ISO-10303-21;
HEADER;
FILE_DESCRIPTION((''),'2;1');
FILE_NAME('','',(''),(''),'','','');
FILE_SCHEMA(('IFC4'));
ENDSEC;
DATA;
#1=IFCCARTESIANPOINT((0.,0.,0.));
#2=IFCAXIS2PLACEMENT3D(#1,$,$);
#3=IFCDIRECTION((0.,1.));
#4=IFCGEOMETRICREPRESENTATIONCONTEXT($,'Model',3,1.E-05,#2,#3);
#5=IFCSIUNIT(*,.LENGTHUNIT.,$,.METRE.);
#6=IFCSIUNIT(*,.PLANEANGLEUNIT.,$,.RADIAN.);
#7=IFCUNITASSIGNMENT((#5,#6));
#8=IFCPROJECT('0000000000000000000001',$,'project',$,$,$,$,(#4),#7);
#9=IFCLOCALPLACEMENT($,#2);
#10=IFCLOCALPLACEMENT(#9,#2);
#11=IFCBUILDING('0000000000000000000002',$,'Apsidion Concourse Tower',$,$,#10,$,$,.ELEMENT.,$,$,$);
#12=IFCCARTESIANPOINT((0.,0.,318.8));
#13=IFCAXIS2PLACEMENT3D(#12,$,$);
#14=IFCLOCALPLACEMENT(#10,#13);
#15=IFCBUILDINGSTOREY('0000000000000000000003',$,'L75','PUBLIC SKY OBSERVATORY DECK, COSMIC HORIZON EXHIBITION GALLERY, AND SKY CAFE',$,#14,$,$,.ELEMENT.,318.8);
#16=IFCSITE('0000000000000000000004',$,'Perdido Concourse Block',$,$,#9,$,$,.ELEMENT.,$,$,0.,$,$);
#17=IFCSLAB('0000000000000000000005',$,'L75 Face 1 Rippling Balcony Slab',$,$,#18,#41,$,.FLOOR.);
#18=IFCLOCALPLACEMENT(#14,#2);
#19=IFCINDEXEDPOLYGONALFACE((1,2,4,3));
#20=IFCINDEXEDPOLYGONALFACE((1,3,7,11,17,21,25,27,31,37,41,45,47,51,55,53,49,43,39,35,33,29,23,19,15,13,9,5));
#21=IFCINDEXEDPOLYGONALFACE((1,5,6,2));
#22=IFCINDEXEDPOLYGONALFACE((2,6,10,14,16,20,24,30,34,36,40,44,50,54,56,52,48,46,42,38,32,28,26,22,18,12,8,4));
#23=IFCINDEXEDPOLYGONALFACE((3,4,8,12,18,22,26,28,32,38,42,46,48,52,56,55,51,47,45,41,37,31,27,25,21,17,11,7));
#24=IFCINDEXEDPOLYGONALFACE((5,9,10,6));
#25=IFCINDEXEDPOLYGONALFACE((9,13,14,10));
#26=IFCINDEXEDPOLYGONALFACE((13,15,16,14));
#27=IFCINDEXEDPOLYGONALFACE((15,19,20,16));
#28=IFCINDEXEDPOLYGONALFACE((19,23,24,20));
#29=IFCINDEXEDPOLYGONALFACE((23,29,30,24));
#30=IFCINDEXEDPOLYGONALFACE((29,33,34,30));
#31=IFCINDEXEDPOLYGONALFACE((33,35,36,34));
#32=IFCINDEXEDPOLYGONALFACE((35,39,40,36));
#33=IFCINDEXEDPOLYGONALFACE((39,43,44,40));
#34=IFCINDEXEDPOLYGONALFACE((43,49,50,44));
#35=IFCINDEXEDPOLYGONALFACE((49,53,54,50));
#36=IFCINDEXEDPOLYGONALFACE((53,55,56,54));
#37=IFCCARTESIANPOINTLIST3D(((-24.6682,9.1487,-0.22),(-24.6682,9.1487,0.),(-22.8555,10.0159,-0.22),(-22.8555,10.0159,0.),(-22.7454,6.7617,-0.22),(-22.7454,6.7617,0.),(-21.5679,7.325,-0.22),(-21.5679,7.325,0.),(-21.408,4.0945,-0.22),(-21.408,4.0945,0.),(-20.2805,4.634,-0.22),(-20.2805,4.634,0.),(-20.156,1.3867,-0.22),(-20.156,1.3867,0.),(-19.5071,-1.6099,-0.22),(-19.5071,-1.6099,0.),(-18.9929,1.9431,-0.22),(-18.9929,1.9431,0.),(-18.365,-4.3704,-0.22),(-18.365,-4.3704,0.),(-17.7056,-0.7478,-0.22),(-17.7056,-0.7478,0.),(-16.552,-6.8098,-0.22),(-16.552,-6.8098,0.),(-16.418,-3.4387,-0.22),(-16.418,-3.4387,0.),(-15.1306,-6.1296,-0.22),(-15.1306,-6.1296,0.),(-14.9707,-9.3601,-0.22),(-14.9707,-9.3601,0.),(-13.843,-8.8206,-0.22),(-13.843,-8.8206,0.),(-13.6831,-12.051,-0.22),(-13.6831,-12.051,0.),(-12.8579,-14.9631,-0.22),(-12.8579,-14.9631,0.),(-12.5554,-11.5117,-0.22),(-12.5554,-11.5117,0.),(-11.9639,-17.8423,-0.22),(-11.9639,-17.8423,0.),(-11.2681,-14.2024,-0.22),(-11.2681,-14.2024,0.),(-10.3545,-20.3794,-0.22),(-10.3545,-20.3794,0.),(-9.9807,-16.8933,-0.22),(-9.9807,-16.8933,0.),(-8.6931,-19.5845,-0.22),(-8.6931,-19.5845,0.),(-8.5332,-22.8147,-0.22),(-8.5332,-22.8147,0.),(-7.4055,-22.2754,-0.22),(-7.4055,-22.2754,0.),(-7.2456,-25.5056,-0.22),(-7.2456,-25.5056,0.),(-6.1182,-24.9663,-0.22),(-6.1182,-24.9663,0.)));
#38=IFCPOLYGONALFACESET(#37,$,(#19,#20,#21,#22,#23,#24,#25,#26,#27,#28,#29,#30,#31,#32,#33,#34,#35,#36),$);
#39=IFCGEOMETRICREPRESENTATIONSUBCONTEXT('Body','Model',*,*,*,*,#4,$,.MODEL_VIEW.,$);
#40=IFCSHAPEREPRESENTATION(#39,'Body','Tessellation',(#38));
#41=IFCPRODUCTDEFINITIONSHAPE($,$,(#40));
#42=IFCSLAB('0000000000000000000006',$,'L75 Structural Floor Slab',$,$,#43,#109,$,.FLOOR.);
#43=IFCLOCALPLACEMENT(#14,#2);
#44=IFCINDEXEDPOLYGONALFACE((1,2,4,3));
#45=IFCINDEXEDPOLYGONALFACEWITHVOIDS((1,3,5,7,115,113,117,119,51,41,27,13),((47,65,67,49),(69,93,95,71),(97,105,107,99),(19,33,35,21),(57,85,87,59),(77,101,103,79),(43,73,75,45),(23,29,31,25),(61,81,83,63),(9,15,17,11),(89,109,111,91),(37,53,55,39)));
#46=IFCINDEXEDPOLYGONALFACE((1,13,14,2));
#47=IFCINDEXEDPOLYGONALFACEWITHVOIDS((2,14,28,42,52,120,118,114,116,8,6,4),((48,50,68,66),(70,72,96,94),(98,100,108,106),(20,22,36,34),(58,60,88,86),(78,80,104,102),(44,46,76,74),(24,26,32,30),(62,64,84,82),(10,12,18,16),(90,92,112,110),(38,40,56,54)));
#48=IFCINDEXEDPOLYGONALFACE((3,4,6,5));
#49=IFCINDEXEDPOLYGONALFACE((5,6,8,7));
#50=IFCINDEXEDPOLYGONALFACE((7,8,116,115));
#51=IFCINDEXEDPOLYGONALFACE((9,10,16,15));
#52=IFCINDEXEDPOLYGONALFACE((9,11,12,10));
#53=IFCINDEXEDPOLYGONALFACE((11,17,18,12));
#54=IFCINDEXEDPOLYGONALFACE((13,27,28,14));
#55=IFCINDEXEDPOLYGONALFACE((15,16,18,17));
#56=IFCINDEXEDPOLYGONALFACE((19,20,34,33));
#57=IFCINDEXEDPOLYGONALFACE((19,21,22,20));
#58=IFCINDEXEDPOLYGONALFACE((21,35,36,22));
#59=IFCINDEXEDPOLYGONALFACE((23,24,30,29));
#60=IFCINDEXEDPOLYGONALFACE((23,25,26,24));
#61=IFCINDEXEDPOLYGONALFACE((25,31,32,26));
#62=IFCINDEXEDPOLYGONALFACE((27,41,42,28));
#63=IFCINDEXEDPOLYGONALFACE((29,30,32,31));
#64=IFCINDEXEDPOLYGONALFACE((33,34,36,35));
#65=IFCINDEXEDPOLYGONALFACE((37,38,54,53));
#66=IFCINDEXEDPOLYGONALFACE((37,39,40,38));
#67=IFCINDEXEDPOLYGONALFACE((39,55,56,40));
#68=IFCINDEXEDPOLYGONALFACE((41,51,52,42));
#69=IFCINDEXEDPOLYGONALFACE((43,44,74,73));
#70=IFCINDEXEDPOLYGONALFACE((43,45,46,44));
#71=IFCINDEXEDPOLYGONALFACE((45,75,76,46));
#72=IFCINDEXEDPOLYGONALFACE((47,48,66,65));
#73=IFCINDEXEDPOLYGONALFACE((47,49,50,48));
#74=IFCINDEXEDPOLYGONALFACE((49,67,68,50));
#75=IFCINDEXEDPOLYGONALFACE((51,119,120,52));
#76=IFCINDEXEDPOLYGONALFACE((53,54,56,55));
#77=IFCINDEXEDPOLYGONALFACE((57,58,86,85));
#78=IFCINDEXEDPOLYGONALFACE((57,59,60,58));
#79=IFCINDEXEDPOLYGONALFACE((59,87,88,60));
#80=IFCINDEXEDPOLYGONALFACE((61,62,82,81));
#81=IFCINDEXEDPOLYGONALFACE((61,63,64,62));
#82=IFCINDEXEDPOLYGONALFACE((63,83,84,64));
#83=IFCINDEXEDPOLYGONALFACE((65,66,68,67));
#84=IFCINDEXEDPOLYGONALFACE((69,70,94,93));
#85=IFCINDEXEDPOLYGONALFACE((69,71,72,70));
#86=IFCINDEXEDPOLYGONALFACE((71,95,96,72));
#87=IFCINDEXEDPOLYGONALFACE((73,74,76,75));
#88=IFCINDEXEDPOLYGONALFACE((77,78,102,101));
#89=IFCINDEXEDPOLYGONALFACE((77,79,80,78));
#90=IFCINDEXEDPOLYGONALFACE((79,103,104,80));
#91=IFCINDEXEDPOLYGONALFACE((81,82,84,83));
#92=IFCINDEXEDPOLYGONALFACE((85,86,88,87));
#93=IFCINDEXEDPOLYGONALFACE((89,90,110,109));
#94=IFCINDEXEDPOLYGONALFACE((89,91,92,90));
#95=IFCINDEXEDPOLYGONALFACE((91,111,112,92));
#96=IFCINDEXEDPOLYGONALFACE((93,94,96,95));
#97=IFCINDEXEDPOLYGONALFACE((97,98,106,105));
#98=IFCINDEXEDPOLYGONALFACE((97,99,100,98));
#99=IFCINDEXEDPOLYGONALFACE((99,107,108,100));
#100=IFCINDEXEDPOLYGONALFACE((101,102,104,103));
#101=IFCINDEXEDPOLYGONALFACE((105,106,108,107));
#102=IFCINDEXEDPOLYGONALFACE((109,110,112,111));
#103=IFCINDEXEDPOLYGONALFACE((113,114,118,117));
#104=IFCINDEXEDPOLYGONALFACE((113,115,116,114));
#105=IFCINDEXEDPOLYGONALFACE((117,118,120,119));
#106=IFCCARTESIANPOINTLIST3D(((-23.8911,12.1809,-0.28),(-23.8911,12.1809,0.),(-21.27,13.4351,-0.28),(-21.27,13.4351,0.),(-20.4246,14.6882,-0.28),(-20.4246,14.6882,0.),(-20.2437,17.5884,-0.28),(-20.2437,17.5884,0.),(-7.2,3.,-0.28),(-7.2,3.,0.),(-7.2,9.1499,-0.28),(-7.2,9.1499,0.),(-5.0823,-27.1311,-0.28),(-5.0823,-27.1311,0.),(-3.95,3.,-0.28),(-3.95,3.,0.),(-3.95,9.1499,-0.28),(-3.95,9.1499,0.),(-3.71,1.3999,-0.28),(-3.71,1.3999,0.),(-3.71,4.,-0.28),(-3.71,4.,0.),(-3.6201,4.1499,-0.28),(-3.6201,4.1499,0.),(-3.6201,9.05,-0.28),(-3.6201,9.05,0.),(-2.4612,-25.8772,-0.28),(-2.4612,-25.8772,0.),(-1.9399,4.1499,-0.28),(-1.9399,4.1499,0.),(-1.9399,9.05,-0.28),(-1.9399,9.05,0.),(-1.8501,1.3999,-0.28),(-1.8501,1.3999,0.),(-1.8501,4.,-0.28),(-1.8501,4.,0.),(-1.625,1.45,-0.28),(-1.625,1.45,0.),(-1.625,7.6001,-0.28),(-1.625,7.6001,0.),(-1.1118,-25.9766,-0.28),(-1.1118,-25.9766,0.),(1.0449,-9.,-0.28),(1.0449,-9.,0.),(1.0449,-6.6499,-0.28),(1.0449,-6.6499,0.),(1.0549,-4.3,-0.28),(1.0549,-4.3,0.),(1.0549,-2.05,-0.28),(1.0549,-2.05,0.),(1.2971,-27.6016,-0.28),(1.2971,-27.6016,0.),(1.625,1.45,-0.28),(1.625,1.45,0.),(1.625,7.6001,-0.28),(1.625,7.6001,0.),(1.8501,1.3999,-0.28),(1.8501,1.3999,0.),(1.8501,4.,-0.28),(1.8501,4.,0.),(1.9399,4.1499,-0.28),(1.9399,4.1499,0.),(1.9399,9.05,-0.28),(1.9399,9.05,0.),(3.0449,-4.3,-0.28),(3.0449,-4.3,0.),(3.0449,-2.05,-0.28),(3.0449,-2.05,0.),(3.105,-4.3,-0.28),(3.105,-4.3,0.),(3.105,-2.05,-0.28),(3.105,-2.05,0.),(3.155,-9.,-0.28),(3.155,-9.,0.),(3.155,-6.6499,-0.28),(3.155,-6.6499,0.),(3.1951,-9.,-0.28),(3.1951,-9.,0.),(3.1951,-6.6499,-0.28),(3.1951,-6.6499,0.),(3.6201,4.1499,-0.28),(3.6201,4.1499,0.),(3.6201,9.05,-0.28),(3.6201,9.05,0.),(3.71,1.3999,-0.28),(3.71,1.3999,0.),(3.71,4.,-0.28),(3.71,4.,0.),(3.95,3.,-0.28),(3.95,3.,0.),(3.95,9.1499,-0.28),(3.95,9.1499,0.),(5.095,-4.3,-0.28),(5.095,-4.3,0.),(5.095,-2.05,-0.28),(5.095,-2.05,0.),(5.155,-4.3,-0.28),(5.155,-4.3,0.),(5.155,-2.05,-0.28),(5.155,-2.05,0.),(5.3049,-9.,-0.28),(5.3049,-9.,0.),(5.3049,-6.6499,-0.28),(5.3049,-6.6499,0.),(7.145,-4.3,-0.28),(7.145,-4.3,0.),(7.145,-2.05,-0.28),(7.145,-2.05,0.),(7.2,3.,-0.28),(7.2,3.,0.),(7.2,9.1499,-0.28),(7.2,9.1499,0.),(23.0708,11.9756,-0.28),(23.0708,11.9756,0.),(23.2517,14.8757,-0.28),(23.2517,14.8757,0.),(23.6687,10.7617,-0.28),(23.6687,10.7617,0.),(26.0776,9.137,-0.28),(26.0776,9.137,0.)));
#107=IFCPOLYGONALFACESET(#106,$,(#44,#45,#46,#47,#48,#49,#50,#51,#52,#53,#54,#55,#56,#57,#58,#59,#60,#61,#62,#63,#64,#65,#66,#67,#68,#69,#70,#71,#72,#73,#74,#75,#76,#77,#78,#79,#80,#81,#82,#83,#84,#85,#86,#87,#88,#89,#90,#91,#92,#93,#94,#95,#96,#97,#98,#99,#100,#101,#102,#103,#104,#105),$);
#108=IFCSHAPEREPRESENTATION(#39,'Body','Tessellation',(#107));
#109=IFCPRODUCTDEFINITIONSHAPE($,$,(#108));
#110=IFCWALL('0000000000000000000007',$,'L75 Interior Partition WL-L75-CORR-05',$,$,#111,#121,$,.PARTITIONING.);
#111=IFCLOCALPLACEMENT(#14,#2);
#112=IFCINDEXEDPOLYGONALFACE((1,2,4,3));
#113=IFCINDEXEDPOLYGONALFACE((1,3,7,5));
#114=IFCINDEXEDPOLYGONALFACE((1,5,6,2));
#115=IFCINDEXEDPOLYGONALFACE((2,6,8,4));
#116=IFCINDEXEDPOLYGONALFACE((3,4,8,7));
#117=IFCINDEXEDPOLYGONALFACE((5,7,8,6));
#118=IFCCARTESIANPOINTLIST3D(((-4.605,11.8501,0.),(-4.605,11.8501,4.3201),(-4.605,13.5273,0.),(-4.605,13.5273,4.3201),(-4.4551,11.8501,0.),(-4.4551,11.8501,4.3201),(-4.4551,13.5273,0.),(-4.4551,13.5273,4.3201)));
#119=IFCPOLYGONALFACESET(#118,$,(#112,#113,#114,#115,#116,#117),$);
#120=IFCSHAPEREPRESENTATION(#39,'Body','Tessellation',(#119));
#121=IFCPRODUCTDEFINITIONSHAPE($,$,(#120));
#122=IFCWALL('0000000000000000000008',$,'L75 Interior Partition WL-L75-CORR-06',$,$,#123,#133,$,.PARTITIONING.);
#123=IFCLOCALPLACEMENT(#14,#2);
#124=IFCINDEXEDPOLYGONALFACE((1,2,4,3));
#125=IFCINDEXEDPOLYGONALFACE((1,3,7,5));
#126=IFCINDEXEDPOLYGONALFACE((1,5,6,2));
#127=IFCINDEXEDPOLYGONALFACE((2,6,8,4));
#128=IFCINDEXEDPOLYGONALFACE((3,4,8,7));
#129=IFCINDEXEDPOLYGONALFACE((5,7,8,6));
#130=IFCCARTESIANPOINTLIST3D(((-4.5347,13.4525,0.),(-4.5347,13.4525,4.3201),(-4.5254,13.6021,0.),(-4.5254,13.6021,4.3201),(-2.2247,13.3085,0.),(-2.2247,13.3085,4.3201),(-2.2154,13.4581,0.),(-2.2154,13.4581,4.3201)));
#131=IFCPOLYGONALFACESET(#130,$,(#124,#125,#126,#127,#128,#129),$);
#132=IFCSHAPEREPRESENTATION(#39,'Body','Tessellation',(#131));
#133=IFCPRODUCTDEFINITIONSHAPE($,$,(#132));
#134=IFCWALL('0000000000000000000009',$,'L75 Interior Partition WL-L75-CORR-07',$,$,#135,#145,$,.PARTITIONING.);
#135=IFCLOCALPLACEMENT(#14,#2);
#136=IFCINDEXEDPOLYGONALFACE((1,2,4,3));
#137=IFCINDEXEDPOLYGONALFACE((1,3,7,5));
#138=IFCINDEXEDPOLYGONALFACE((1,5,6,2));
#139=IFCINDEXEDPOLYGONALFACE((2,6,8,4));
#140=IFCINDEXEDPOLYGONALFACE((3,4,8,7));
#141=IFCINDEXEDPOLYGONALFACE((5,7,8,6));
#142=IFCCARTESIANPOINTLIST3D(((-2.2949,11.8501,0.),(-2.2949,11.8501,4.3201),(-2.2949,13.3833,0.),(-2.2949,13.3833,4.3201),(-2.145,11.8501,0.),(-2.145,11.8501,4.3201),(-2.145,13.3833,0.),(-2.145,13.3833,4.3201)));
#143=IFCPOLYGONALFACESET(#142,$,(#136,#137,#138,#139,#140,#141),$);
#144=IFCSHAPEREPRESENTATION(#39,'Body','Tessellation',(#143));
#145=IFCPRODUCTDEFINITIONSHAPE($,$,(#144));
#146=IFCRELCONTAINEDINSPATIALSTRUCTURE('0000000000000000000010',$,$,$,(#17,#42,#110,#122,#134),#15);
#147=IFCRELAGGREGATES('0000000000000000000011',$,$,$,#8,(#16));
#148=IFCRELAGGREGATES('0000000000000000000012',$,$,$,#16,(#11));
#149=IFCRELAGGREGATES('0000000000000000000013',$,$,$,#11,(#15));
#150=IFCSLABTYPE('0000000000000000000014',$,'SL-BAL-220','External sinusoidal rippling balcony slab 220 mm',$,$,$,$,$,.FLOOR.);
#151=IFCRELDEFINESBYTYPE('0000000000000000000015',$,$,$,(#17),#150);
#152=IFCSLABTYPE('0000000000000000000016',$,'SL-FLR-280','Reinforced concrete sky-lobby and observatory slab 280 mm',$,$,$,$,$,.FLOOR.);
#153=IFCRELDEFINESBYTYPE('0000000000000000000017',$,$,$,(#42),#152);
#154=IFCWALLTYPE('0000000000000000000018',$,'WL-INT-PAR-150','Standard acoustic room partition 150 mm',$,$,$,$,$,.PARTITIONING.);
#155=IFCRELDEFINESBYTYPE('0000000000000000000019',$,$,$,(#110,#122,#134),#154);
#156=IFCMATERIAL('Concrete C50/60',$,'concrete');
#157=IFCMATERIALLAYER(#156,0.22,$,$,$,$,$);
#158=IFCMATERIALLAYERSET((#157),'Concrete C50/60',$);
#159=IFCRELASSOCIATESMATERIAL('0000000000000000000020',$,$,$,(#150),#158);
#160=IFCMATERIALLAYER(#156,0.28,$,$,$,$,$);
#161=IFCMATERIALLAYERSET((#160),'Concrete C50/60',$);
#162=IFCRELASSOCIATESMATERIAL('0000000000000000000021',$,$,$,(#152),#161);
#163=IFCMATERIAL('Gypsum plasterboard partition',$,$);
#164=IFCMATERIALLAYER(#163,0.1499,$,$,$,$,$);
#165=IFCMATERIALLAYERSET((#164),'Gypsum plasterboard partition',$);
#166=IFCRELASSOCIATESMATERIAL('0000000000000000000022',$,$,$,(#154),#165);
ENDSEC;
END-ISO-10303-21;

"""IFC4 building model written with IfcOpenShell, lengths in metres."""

from ifc_helpers import new_model, si_unit, direction, frame, frame_2d, origin, place, context, subcontext, project, spatial, polyline, rectangle, outline, extrude, material, layer, layer_set, type_object, element, save


model = new_model("IFC4")

# Units and contexts
model_context = context("Model", 3, precision=1e-05, world=origin(), true_north=direction((0.0, 1.0)))
body_context = subcontext(model_context, "Body", "Model", "MODEL_VIEW")
ifc_project = project(units=[si_unit("LENGTHUNIT", "METRE"), si_unit("PLANEANGLEUNIT", "RADIAN")], contexts=[model_context])

# Site, building, storey
site_placement = place(None, origin())
site = spatial("IfcSite", under=ifc_project, at=site_placement, Name="Perdido Concourse Block", CompositionType="ELEMENT", RefElevation=0.0)
building_placement = place(site_placement, origin())
building = spatial("IfcBuilding", under=site, at=building_placement, Name="Apsidion Concourse Tower", CompositionType="ELEMENT")
storey_placement = place(building_placement, frame((0.0, 0.0, 318.8)))
storey = spatial("IfcBuildingStorey", under=building, at=storey_placement, Name="L75", Description="PUBLIC SKY OBSERVATORY DECK, COSMIC HORIZON EXHIBITION GALLERY, AND SKY CAFE", CompositionType="ELEMENT", Elevation=318.8)

# Shared definitions
ifc_material_1 = material(Name="Concrete C50/60", Category="concrete")

# Slabs
ifc_layer_1 = layer(ifc_material_1, 0.22)
ifc_layer_set_1 = layer_set([ifc_layer_1], Name="Concrete C50/60")
slab_type_1 = type_object("IfcSlabType", Name="SL-BAL-220", Description="External sinusoidal rippling balcony slab 220 mm", PredefinedType="FLOOR", material=ifc_layer_set_1)
slab_1_placement = place(storey_placement, frame((0.0, 0.0, -0.22)))
element("IfcSlab", 1, at=slab_1_placement, inside=storey, type_object=slab_type_1, Name="L75 Face 1 Rippling Balcony Slab", PredefinedType="FLOOR", context=body_context, shape_type="SweptSolid", body=[
    extrude(outline(polyline([(-22.8555, 10.0159), (-21.5679, 7.325), (-20.2805, 4.634), (-18.9929, 1.9431), (-17.7056, -0.7478), (-16.418, -3.4387), (-15.1306, -6.1296), (-13.843, -8.8206), (-12.5554, -11.5117), (-11.2681, -14.2024), (-9.9807, -16.8933), (-8.6931, -19.5845), (-7.4055, -22.2754), (-6.1182, -24.9663), (-7.2456, -25.5056), (-8.5332, -22.8147), (-10.3545, -20.3794), (-11.9639, -17.8423), (-12.8579, -14.9631), (-13.6831, -12.051), (-14.9707, -9.3601), (-16.552, -6.8098), (-18.365, -4.3704), (-19.5071, -1.6099), (-20.156, 1.3867), (-21.408, 4.0945), (-22.7454, 6.7617), (-24.6682, 9.1487), (-22.8555, 10.0159)])), origin(), (0.0, 0.0, 1.0), 0.22),
])
ifc_layer_2 = layer(ifc_material_1, 0.28)
ifc_layer_set_2 = layer_set([ifc_layer_2], Name="Concrete C50/60")
slab_type_2 = type_object("IfcSlabType", Name="SL-FLR-280", Description="Reinforced concrete sky-lobby and observatory slab 280 mm", PredefinedType="FLOOR", material=ifc_layer_set_2)
slab_2_placement = place(storey_placement, frame((0.0, 0.0, -0.28)))
element("IfcSlab", 2, at=slab_2_placement, inside=storey, type_object=slab_type_2, Name="L75 Structural Floor Slab", PredefinedType="FLOOR", context=body_context, shape_type="SweptSolid", body=[
    extrude(outline(polyline([(-20.2437, 17.5884), (-20.4246, 14.6882), (-21.27, 13.4351), (-23.8911, 12.1809), (-5.0823, -27.1311), (-2.4612, -25.8772), (-1.1118, -25.9766), (1.2971, -27.6016), (26.0776, 9.137), (23.6687, 10.7617), (23.0708, 11.9756), (23.2517, 14.8757), (-20.2437, 17.5884)]), holes=[polyline([(-3.95, 3.0), (-3.95, 9.1499), (-7.2, 9.1499), (-7.2, 3.0), (-3.95, 3.0)]), polyline([(7.2, 3.0), (7.2, 9.1499), (3.95, 9.1499), (3.95, 3.0), (7.2, 3.0)]), polyline([(-1.625, 7.6001), (-1.625, 1.45), (1.625, 1.45), (1.625, 7.6001), (-1.625, 7.6001)]), polyline([(1.0549, -4.3), (3.0449, -4.3), (3.0449, -2.05), (1.0549, -2.05), (1.0549, -4.3)]), polyline([(3.105, -4.3), (5.095, -4.3), (5.095, -2.05), (3.105, -2.05), (3.105, -4.3)]), polyline([(5.155, -4.3), (7.145, -4.3), (7.145, -2.05), (5.155, -2.05), (5.155, -4.3)]), polyline([(1.0449, -9.0), (3.155, -9.0), (3.155, -6.6499), (1.0449, -6.6499), (1.0449, -9.0)]), polyline([(3.1951, -9.0), (5.3049, -9.0), (5.3049, -6.6499), (3.1951, -6.6499), (3.1951, -9.0)]), polyline([(-3.71, 1.3999), (-1.8501, 1.3999), (-1.8501, 4.0), (-3.71, 4.0), (-3.71, 1.3999)]), polyline([(1.8501, 1.3999), (3.71, 1.3999), (3.71, 4.0), (1.8501, 4.0), (1.8501, 1.3999)]), polyline([(-3.6201, 4.1499), (-1.9399, 4.1499), (-1.9399, 9.05), (-3.6201, 9.05), (-3.6201, 4.1499)]), polyline([(1.9399, 4.1499), (3.6201, 4.1499), (3.6201, 9.05), (1.9399, 9.05), (1.9399, 4.1499)])]), origin(), (0.0, 0.0, 1.0), 0.28),
])

# Walls
ifc_material_2 = material(Name="Gypsum plasterboard partition")
ifc_layer_3 = layer(ifc_material_2, 0.1499)
ifc_layer_set_3 = layer_set([ifc_layer_3], Name="Gypsum plasterboard partition")
wall_type_1 = type_object("IfcWallType", Name="WL-INT-PAR-150", Description="Standard acoustic room partition 150 mm", PredefinedType="PARTITIONING", material=ifc_layer_set_3)
wall_1_placement = place(storey_placement, frame((-4.53, 11.8501, 0.0), z_axis=(0.0, 0.0, 1.0), x_axis=(0.0, 1.0, 0.0)))
element("IfcWall", 3, at=wall_1_placement, inside=storey, type_object=wall_type_1, Name="L75 Interior Partition WL-L75-CORR-05", PredefinedType="PARTITIONING", context=body_context, shape_type="SweptSolid", body=[
    extrude(rectangle(XDim=1.6772, YDim=0.1499, at=frame_2d((0.8386, 0.0))), origin(), (0.0, 0.0, 1.0), 4.3201),
])
wall_2_placement = place(storey_placement, frame((-4.53, 13.5273, 0.0), z_axis=(0.0, 0.0, 1.0), x_axis=(0.998062, -0.062234, 0.0)))
element("IfcWall", 4, at=wall_2_placement, inside=storey, type_object=wall_type_1, Name="L75 Interior Partition WL-L75-CORR-06", PredefinedType="PARTITIONING", context=body_context, shape_type="SweptSolid", body=[
    extrude(rectangle(XDim=2.3145, YDim=0.1499, at=frame_2d((1.1572, 0.0))), origin(), (0.0, 0.0, 1.0), 4.3201),
])
wall_3_placement = place(storey_placement, frame((-2.22, 13.3833, 0.0), z_axis=(0.0, 0.0, 1.0), x_axis=(0.0, -1.0, 0.0)))
element("IfcWall", 5, at=wall_3_placement, inside=storey, type_object=wall_type_1, Name="L75 Interior Partition WL-L75-CORR-07", PredefinedType="PARTITIONING", context=body_context, shape_type="SweptSolid", body=[
    extrude(rectangle(XDim=1.5332, YDim=0.1499, at=frame_2d((0.7666, 0.0))), origin(), (0.0, 0.0, 1.0), 4.3201),
])

save(model, "model.ifc")
